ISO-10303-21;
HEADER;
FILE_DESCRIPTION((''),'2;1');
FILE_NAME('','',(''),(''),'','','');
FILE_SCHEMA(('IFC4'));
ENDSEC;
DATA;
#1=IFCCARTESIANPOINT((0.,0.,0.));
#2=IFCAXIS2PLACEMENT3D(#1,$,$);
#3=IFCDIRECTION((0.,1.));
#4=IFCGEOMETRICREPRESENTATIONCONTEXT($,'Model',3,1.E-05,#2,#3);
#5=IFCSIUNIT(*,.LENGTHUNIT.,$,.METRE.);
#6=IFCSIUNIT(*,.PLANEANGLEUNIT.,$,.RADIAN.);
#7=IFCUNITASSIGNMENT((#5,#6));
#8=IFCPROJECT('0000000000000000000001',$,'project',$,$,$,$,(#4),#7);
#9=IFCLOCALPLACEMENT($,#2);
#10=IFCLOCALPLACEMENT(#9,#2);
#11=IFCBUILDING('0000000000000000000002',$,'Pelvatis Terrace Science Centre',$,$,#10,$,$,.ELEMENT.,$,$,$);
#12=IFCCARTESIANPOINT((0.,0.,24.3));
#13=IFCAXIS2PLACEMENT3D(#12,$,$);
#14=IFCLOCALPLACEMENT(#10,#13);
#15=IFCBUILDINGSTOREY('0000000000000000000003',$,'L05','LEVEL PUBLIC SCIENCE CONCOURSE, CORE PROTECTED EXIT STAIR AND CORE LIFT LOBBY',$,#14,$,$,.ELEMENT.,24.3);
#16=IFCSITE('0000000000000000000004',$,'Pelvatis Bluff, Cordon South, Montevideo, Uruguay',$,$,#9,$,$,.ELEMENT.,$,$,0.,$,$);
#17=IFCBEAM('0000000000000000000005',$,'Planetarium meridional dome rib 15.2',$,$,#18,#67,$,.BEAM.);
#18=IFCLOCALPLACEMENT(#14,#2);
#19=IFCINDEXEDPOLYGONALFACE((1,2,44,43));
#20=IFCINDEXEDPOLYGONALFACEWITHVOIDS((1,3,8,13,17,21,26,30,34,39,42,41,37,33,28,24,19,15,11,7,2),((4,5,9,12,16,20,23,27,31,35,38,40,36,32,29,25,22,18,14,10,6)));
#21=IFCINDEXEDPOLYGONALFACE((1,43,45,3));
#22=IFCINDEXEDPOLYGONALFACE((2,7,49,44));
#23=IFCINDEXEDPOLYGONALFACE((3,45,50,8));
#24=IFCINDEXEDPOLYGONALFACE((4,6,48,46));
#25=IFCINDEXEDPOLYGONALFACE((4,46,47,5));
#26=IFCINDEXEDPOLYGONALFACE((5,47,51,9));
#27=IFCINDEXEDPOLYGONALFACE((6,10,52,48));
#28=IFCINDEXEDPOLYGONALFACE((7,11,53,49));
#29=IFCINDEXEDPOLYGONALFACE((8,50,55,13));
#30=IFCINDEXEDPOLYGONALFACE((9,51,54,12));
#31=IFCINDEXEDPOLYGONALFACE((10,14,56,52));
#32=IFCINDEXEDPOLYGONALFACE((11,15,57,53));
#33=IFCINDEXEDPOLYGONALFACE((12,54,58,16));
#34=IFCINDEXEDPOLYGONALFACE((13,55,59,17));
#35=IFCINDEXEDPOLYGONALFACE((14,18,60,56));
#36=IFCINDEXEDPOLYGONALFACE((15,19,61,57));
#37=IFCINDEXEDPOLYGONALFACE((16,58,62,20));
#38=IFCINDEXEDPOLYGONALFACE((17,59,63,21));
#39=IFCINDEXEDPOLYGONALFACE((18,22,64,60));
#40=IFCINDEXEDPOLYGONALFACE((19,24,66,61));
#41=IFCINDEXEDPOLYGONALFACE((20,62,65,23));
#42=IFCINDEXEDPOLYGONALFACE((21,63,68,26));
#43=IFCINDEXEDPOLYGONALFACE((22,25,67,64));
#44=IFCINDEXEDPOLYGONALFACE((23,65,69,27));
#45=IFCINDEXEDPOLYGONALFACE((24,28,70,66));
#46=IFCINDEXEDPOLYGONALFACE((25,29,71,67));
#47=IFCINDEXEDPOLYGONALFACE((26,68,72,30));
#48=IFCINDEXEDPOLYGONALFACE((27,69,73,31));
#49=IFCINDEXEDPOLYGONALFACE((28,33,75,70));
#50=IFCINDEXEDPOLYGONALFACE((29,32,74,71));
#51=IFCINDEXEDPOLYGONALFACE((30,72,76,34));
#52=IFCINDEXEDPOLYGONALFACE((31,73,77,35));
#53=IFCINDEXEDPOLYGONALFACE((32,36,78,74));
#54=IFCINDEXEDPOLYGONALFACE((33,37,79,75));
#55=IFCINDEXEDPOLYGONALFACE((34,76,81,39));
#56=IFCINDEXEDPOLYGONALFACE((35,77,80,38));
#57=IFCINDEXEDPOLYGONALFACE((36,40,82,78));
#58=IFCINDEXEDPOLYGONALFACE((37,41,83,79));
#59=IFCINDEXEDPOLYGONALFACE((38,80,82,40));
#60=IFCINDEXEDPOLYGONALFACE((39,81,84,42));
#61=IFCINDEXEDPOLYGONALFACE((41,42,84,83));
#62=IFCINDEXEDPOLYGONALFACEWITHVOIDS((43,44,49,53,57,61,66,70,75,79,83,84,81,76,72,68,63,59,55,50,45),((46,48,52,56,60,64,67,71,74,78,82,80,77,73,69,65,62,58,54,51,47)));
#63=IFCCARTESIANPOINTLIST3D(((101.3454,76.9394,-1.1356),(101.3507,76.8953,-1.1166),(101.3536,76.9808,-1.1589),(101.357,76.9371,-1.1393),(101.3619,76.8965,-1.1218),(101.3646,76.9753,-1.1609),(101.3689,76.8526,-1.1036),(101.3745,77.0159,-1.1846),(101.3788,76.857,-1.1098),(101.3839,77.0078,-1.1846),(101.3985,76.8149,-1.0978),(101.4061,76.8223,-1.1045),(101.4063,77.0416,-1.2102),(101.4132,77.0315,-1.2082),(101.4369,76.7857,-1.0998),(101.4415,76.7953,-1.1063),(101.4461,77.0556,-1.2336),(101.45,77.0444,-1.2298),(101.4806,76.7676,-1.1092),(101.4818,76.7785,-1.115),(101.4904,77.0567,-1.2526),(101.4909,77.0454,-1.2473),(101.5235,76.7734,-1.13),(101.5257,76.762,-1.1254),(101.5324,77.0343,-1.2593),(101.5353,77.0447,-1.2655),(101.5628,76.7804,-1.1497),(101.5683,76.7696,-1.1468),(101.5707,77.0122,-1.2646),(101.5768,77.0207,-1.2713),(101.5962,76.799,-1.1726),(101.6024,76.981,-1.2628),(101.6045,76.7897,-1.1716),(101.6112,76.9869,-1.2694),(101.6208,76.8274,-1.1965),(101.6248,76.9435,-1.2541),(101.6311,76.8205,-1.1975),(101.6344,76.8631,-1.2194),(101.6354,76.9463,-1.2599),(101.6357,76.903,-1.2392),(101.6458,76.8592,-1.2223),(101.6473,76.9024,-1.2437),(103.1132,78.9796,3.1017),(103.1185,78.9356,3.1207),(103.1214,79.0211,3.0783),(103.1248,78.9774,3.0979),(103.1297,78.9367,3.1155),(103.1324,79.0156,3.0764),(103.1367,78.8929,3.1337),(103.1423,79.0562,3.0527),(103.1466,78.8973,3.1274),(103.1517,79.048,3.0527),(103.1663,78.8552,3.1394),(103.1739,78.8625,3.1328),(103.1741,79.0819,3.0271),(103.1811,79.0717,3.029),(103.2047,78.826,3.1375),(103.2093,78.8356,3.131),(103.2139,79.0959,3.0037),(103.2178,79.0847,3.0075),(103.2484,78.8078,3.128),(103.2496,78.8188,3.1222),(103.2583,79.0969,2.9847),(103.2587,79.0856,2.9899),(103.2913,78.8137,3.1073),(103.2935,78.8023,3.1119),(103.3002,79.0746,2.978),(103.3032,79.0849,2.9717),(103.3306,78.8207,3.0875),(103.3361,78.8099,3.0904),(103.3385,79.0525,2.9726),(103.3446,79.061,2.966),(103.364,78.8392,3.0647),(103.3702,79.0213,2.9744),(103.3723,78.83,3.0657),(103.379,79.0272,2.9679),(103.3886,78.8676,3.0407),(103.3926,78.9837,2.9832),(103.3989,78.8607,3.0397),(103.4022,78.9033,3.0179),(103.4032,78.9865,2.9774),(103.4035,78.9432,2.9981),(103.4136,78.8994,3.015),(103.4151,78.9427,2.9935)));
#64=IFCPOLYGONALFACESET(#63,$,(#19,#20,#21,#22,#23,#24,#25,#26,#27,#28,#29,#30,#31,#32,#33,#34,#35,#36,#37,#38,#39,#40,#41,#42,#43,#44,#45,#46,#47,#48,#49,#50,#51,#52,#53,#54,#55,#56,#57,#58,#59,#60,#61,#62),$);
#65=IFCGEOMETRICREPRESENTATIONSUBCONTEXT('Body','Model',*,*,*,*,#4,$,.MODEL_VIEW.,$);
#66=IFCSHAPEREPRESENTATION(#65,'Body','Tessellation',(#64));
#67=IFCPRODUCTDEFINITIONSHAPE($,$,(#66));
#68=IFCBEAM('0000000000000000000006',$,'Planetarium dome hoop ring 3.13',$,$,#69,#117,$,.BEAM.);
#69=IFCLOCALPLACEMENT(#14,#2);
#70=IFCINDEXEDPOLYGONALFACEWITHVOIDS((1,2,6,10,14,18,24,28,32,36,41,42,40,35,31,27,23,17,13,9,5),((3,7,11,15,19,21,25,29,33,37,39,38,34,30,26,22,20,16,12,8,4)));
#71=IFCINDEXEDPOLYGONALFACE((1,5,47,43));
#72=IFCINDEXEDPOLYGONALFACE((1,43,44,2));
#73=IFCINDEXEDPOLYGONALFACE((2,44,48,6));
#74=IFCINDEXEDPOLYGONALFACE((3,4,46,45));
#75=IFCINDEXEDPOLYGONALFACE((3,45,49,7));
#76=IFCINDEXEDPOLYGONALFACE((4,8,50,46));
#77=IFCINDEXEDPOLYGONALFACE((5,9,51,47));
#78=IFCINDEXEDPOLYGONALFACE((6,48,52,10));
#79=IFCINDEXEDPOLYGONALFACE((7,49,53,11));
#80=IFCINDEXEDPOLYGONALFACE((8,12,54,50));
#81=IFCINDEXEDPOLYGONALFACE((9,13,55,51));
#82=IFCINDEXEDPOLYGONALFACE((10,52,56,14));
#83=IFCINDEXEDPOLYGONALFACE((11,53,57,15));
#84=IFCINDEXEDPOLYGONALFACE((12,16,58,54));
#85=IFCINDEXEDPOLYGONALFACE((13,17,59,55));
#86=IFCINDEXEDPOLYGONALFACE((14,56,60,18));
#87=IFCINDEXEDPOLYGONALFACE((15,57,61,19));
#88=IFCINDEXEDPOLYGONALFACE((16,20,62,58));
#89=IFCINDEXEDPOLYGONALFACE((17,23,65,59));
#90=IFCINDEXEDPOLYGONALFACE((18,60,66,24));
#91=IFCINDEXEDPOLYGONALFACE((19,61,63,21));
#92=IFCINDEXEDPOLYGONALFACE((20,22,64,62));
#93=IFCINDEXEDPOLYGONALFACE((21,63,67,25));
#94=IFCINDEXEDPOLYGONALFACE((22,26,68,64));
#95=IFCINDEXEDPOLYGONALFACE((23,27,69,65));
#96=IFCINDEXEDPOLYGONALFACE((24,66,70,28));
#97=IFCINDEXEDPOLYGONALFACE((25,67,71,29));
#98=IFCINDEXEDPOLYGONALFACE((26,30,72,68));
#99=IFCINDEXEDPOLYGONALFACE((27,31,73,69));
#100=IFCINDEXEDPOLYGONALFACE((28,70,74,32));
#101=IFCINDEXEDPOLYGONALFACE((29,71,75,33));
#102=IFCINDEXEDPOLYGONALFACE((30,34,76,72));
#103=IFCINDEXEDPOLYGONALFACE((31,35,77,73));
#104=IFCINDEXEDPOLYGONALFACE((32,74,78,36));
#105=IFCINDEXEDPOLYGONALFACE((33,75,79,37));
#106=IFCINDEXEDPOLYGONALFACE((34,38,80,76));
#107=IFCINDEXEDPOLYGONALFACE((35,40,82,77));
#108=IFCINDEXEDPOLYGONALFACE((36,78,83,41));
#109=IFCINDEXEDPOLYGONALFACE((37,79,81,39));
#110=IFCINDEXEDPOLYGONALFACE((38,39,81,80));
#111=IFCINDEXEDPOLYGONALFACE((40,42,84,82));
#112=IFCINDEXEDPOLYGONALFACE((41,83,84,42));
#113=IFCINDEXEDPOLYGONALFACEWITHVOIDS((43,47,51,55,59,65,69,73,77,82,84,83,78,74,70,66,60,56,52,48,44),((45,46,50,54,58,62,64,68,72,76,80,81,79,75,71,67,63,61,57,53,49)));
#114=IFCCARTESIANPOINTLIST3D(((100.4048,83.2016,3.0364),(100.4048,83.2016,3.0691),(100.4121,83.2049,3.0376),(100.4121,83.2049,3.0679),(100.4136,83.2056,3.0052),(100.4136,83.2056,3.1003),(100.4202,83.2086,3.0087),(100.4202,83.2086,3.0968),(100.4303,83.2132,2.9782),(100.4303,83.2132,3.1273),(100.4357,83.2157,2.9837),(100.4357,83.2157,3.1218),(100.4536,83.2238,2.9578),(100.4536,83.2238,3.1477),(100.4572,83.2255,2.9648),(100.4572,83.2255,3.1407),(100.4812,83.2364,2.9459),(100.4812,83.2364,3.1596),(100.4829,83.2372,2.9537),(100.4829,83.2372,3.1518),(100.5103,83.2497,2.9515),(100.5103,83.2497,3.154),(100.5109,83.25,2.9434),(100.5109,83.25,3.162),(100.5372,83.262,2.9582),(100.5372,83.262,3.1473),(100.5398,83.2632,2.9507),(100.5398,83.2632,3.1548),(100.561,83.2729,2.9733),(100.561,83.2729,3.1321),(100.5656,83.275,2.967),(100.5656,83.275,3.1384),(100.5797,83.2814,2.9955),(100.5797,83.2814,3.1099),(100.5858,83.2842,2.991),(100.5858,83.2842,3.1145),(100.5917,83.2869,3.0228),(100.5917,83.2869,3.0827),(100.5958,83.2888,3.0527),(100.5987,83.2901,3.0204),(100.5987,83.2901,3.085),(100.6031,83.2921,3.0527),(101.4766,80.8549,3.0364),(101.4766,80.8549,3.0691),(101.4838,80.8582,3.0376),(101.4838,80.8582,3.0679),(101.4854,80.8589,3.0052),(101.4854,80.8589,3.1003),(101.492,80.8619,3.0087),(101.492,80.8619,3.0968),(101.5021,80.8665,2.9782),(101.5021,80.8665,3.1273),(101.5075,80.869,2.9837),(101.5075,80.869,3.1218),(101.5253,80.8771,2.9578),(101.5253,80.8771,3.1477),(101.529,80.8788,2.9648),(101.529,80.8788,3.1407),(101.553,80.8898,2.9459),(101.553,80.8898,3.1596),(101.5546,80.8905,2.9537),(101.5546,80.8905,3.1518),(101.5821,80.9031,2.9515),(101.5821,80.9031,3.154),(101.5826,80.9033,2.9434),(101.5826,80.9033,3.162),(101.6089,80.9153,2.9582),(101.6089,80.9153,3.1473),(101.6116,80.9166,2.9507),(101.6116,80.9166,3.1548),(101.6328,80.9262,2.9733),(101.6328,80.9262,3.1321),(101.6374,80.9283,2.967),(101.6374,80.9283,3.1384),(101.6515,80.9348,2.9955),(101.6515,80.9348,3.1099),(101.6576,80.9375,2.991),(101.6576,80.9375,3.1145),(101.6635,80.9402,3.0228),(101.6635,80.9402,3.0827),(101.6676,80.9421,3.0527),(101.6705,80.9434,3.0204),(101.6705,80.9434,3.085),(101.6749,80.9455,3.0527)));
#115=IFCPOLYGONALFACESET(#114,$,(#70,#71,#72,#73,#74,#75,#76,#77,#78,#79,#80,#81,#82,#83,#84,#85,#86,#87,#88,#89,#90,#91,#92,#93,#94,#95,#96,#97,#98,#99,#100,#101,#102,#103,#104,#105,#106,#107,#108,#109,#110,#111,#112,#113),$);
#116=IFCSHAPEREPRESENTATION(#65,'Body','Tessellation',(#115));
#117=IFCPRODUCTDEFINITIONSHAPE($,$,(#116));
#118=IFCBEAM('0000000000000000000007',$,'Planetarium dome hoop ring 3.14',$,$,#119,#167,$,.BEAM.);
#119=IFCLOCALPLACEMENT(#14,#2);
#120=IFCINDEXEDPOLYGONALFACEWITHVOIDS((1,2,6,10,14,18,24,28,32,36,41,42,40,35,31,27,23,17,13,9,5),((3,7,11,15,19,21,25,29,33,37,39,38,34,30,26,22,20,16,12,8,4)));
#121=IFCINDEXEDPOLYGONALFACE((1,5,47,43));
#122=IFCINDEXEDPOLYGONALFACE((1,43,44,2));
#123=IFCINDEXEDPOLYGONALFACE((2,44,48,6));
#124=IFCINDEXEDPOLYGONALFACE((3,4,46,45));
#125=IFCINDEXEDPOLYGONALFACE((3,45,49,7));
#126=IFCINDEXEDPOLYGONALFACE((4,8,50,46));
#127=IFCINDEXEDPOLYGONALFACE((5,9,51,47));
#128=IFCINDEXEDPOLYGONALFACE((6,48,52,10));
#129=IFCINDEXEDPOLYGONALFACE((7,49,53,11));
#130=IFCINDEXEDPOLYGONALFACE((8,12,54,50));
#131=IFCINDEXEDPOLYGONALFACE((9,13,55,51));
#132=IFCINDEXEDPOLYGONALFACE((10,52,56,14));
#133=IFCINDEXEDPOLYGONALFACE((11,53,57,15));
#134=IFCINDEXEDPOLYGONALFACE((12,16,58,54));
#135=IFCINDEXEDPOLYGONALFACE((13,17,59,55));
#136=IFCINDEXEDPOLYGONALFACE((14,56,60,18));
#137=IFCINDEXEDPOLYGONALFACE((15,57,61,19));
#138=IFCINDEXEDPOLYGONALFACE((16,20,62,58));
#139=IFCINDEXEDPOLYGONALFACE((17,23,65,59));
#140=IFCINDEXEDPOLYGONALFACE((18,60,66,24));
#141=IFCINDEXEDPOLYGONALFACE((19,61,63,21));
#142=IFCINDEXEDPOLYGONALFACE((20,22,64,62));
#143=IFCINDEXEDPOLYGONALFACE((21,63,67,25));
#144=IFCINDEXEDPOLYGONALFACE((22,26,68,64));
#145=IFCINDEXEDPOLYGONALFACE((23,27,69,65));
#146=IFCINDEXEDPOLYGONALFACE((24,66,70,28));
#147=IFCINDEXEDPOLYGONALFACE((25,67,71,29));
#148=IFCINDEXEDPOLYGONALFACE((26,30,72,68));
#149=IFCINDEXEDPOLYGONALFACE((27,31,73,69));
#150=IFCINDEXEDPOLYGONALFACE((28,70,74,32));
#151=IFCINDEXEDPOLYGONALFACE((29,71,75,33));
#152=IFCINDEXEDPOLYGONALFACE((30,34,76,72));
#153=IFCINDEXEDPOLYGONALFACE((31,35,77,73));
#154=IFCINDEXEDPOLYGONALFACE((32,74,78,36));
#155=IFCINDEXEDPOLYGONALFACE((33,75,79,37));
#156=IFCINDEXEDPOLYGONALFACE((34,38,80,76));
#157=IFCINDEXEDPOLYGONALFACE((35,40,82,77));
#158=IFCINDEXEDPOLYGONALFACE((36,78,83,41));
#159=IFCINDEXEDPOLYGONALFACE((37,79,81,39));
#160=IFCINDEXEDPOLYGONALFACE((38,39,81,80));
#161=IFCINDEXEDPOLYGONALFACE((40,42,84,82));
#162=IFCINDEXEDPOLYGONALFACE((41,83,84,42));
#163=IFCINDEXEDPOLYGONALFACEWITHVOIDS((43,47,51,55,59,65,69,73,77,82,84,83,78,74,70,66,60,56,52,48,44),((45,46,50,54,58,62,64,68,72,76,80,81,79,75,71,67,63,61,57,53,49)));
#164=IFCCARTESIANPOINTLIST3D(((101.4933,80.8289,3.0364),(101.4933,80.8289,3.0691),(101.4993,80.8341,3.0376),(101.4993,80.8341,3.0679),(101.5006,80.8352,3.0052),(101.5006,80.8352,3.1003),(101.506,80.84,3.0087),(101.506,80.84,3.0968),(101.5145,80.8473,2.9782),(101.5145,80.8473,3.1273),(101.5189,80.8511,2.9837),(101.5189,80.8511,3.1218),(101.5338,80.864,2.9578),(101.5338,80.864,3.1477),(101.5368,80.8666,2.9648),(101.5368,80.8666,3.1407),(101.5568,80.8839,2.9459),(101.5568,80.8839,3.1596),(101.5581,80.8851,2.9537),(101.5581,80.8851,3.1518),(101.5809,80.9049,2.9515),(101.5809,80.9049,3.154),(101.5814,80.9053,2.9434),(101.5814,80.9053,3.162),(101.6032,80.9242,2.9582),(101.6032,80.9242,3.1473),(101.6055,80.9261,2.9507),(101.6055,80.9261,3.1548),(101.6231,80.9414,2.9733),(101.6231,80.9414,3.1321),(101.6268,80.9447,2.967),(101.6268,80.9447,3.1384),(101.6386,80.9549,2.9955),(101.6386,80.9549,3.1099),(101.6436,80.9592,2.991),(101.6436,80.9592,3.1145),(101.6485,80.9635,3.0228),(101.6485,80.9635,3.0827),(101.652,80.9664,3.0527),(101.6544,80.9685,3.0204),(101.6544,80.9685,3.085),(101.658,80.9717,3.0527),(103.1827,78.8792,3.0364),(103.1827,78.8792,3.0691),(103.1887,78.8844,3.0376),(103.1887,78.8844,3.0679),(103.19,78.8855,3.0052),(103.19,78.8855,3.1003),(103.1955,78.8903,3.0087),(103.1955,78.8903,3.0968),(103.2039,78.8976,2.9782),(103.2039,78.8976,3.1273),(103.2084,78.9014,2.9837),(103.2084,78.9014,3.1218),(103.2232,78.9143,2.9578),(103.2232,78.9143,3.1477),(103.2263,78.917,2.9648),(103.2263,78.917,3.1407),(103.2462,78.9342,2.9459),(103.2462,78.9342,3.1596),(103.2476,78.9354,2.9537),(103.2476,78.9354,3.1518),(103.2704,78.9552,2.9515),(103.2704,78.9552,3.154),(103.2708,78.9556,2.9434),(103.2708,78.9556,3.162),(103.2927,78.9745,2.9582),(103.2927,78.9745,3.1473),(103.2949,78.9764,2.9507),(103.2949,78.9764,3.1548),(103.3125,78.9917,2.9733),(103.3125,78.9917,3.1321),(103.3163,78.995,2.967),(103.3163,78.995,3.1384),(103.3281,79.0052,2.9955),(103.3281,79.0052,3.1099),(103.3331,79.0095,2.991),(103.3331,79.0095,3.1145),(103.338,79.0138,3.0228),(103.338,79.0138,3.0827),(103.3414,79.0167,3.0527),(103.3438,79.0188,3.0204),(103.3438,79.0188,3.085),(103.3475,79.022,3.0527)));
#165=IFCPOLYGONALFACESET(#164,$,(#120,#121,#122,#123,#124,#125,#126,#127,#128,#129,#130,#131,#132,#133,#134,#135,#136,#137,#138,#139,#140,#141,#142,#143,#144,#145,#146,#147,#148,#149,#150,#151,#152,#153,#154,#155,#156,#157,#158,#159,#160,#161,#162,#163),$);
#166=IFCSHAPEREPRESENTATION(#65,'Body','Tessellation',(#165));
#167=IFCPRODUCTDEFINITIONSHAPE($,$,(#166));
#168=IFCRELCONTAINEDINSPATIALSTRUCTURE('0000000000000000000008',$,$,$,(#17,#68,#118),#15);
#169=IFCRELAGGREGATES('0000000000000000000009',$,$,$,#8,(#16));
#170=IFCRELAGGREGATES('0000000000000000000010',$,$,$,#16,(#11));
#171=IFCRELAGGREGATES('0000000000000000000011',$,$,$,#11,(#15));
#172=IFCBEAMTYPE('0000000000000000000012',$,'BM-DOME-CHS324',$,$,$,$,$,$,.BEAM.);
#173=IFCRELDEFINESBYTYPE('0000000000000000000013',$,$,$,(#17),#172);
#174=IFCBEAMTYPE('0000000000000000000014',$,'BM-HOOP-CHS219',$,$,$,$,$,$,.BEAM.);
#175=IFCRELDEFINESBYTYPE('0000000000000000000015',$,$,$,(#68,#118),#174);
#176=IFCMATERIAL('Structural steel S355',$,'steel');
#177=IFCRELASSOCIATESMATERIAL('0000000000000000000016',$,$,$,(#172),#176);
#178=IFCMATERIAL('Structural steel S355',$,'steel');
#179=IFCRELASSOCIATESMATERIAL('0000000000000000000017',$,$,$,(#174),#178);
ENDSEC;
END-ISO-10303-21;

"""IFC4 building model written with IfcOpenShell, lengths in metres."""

from ifc_helpers import new_model, si_unit, direction, frame, origin, origin_2d, place, context, subcontext, project, spatial, hollow_circle, extrude, material, material_profile, profile_set, type_object, element, save


model = new_model("IFC4")

# Units and contexts
model_context = context("Model", 3, precision=1e-05, world=origin(), true_north=direction((0.0, 1.0)))
body_context = subcontext(model_context, "Body", "Model", "MODEL_VIEW")
ifc_project = project(units=[si_unit("LENGTHUNIT", "METRE"), si_unit("PLANEANGLEUNIT", "RADIAN")], contexts=[model_context])

# Site, building, storey
site_placement = place(None, origin())
site = spatial("IfcSite", under=ifc_project, at=site_placement, Name="Pelvatis Bluff, Cordon South, Montevideo, Uruguay", CompositionType="ELEMENT", RefElevation=0.0)
building_placement = place(site_placement, origin())
building = spatial("IfcBuilding", under=site, at=building_placement, Name="Pelvatis Terrace Science Centre", CompositionType="ELEMENT")
storey_placement = place(building_placement, frame((0.0, 0.0, 24.3)))
storey = spatial("IfcBuildingStorey", under=building, at=storey_placement, Name="L05", Description="LEVEL PUBLIC SCIENCE CONCOURSE, CORE PROTECTED EXIT STAIR AND CORE LIFT LOBBY", CompositionType="ELEMENT", Elevation=24.3)

# Beams
ifc_material_1 = material(Name="Structural steel S355", Category="steel")
ifc_material_profile_1 = material_profile(ifc_material_1, hollow_circle(Radius=0.1619, WallThickness=0.0125, at=origin_2d()), Name="CHS 323.9x12.5")
ifc_profile_set_1 = profile_set([ifc_material_profile_1], Name="Structural steel S355")
beam_type_1 = type_object("IfcBeamType", Name="BM-DOME-CHS324", PredefinedType="BEAM", material=ifc_profile_set_1)
for number, where, z_axis, x_axis, name in (
    (1, (101.4968, 76.9099, -1.1846), (0.351861, 0.40609, 0.843377), (-0.755767, 0.654841, 0.0), "Planetarium meridional dome rib 15.2"),
):
    element("IfcBeam", number, at=place(storey_placement, frame(where, z_axis=z_axis, x_axis=x_axis)), inside=storey, type_object=beam_type_1, Name=name, PredefinedType="BEAM", context=body_context, shape_type="SweptSolid", body=[
        extrude(hollow_circle(Radius=0.1619, WallThickness=0.0125, at=origin_2d()), origin(), (0.0, 0.0, 1.0), 5.0242),
    ])
ifc_material_2 = material(Name="Structural steel S355", Category="steel")
ifc_material_profile_2 = material_profile(ifc_material_2, hollow_circle(Radius=0.1096, WallThickness=0.0081, at=origin_2d()), Name="CHS 219.1x8.0")
ifc_profile_set_2 = profile_set([ifc_material_profile_2], Name="Structural steel S355")
beam_type_2 = type_object("IfcBeamType", Name="BM-HOOP-CHS219", PredefinedType="BEAM", material=ifc_profile_set_2)
for number, where, z_axis, x_axis, name in (
    (2, (100.5034, 83.2466, 3.0527), (0.415442, -0.90962, 0.0), (0.90962, 0.415442, 0.0), "Planetarium dome hoop ring 3.13"),
    (3, (101.5752, 80.8999, 3.0527), (0.654866, -0.755745, 0.0), (0.755745, 0.654866, 0.0), "Planetarium dome hoop ring 3.14"),
):
    element("IfcBeam", number, at=place(storey_placement, frame(where, z_axis=z_axis, x_axis=x_axis)), inside=storey, type_object=beam_type_2, Name=name, PredefinedType="BEAM", context=body_context, shape_type="SweptSolid", body=[
        extrude(hollow_circle(Radius=0.1096, WallThickness=0.0081, at=origin_2d()), origin(), (0.0, 0.0, 1.0), 2.5798),
    ])

save(model, "model.ifc")
